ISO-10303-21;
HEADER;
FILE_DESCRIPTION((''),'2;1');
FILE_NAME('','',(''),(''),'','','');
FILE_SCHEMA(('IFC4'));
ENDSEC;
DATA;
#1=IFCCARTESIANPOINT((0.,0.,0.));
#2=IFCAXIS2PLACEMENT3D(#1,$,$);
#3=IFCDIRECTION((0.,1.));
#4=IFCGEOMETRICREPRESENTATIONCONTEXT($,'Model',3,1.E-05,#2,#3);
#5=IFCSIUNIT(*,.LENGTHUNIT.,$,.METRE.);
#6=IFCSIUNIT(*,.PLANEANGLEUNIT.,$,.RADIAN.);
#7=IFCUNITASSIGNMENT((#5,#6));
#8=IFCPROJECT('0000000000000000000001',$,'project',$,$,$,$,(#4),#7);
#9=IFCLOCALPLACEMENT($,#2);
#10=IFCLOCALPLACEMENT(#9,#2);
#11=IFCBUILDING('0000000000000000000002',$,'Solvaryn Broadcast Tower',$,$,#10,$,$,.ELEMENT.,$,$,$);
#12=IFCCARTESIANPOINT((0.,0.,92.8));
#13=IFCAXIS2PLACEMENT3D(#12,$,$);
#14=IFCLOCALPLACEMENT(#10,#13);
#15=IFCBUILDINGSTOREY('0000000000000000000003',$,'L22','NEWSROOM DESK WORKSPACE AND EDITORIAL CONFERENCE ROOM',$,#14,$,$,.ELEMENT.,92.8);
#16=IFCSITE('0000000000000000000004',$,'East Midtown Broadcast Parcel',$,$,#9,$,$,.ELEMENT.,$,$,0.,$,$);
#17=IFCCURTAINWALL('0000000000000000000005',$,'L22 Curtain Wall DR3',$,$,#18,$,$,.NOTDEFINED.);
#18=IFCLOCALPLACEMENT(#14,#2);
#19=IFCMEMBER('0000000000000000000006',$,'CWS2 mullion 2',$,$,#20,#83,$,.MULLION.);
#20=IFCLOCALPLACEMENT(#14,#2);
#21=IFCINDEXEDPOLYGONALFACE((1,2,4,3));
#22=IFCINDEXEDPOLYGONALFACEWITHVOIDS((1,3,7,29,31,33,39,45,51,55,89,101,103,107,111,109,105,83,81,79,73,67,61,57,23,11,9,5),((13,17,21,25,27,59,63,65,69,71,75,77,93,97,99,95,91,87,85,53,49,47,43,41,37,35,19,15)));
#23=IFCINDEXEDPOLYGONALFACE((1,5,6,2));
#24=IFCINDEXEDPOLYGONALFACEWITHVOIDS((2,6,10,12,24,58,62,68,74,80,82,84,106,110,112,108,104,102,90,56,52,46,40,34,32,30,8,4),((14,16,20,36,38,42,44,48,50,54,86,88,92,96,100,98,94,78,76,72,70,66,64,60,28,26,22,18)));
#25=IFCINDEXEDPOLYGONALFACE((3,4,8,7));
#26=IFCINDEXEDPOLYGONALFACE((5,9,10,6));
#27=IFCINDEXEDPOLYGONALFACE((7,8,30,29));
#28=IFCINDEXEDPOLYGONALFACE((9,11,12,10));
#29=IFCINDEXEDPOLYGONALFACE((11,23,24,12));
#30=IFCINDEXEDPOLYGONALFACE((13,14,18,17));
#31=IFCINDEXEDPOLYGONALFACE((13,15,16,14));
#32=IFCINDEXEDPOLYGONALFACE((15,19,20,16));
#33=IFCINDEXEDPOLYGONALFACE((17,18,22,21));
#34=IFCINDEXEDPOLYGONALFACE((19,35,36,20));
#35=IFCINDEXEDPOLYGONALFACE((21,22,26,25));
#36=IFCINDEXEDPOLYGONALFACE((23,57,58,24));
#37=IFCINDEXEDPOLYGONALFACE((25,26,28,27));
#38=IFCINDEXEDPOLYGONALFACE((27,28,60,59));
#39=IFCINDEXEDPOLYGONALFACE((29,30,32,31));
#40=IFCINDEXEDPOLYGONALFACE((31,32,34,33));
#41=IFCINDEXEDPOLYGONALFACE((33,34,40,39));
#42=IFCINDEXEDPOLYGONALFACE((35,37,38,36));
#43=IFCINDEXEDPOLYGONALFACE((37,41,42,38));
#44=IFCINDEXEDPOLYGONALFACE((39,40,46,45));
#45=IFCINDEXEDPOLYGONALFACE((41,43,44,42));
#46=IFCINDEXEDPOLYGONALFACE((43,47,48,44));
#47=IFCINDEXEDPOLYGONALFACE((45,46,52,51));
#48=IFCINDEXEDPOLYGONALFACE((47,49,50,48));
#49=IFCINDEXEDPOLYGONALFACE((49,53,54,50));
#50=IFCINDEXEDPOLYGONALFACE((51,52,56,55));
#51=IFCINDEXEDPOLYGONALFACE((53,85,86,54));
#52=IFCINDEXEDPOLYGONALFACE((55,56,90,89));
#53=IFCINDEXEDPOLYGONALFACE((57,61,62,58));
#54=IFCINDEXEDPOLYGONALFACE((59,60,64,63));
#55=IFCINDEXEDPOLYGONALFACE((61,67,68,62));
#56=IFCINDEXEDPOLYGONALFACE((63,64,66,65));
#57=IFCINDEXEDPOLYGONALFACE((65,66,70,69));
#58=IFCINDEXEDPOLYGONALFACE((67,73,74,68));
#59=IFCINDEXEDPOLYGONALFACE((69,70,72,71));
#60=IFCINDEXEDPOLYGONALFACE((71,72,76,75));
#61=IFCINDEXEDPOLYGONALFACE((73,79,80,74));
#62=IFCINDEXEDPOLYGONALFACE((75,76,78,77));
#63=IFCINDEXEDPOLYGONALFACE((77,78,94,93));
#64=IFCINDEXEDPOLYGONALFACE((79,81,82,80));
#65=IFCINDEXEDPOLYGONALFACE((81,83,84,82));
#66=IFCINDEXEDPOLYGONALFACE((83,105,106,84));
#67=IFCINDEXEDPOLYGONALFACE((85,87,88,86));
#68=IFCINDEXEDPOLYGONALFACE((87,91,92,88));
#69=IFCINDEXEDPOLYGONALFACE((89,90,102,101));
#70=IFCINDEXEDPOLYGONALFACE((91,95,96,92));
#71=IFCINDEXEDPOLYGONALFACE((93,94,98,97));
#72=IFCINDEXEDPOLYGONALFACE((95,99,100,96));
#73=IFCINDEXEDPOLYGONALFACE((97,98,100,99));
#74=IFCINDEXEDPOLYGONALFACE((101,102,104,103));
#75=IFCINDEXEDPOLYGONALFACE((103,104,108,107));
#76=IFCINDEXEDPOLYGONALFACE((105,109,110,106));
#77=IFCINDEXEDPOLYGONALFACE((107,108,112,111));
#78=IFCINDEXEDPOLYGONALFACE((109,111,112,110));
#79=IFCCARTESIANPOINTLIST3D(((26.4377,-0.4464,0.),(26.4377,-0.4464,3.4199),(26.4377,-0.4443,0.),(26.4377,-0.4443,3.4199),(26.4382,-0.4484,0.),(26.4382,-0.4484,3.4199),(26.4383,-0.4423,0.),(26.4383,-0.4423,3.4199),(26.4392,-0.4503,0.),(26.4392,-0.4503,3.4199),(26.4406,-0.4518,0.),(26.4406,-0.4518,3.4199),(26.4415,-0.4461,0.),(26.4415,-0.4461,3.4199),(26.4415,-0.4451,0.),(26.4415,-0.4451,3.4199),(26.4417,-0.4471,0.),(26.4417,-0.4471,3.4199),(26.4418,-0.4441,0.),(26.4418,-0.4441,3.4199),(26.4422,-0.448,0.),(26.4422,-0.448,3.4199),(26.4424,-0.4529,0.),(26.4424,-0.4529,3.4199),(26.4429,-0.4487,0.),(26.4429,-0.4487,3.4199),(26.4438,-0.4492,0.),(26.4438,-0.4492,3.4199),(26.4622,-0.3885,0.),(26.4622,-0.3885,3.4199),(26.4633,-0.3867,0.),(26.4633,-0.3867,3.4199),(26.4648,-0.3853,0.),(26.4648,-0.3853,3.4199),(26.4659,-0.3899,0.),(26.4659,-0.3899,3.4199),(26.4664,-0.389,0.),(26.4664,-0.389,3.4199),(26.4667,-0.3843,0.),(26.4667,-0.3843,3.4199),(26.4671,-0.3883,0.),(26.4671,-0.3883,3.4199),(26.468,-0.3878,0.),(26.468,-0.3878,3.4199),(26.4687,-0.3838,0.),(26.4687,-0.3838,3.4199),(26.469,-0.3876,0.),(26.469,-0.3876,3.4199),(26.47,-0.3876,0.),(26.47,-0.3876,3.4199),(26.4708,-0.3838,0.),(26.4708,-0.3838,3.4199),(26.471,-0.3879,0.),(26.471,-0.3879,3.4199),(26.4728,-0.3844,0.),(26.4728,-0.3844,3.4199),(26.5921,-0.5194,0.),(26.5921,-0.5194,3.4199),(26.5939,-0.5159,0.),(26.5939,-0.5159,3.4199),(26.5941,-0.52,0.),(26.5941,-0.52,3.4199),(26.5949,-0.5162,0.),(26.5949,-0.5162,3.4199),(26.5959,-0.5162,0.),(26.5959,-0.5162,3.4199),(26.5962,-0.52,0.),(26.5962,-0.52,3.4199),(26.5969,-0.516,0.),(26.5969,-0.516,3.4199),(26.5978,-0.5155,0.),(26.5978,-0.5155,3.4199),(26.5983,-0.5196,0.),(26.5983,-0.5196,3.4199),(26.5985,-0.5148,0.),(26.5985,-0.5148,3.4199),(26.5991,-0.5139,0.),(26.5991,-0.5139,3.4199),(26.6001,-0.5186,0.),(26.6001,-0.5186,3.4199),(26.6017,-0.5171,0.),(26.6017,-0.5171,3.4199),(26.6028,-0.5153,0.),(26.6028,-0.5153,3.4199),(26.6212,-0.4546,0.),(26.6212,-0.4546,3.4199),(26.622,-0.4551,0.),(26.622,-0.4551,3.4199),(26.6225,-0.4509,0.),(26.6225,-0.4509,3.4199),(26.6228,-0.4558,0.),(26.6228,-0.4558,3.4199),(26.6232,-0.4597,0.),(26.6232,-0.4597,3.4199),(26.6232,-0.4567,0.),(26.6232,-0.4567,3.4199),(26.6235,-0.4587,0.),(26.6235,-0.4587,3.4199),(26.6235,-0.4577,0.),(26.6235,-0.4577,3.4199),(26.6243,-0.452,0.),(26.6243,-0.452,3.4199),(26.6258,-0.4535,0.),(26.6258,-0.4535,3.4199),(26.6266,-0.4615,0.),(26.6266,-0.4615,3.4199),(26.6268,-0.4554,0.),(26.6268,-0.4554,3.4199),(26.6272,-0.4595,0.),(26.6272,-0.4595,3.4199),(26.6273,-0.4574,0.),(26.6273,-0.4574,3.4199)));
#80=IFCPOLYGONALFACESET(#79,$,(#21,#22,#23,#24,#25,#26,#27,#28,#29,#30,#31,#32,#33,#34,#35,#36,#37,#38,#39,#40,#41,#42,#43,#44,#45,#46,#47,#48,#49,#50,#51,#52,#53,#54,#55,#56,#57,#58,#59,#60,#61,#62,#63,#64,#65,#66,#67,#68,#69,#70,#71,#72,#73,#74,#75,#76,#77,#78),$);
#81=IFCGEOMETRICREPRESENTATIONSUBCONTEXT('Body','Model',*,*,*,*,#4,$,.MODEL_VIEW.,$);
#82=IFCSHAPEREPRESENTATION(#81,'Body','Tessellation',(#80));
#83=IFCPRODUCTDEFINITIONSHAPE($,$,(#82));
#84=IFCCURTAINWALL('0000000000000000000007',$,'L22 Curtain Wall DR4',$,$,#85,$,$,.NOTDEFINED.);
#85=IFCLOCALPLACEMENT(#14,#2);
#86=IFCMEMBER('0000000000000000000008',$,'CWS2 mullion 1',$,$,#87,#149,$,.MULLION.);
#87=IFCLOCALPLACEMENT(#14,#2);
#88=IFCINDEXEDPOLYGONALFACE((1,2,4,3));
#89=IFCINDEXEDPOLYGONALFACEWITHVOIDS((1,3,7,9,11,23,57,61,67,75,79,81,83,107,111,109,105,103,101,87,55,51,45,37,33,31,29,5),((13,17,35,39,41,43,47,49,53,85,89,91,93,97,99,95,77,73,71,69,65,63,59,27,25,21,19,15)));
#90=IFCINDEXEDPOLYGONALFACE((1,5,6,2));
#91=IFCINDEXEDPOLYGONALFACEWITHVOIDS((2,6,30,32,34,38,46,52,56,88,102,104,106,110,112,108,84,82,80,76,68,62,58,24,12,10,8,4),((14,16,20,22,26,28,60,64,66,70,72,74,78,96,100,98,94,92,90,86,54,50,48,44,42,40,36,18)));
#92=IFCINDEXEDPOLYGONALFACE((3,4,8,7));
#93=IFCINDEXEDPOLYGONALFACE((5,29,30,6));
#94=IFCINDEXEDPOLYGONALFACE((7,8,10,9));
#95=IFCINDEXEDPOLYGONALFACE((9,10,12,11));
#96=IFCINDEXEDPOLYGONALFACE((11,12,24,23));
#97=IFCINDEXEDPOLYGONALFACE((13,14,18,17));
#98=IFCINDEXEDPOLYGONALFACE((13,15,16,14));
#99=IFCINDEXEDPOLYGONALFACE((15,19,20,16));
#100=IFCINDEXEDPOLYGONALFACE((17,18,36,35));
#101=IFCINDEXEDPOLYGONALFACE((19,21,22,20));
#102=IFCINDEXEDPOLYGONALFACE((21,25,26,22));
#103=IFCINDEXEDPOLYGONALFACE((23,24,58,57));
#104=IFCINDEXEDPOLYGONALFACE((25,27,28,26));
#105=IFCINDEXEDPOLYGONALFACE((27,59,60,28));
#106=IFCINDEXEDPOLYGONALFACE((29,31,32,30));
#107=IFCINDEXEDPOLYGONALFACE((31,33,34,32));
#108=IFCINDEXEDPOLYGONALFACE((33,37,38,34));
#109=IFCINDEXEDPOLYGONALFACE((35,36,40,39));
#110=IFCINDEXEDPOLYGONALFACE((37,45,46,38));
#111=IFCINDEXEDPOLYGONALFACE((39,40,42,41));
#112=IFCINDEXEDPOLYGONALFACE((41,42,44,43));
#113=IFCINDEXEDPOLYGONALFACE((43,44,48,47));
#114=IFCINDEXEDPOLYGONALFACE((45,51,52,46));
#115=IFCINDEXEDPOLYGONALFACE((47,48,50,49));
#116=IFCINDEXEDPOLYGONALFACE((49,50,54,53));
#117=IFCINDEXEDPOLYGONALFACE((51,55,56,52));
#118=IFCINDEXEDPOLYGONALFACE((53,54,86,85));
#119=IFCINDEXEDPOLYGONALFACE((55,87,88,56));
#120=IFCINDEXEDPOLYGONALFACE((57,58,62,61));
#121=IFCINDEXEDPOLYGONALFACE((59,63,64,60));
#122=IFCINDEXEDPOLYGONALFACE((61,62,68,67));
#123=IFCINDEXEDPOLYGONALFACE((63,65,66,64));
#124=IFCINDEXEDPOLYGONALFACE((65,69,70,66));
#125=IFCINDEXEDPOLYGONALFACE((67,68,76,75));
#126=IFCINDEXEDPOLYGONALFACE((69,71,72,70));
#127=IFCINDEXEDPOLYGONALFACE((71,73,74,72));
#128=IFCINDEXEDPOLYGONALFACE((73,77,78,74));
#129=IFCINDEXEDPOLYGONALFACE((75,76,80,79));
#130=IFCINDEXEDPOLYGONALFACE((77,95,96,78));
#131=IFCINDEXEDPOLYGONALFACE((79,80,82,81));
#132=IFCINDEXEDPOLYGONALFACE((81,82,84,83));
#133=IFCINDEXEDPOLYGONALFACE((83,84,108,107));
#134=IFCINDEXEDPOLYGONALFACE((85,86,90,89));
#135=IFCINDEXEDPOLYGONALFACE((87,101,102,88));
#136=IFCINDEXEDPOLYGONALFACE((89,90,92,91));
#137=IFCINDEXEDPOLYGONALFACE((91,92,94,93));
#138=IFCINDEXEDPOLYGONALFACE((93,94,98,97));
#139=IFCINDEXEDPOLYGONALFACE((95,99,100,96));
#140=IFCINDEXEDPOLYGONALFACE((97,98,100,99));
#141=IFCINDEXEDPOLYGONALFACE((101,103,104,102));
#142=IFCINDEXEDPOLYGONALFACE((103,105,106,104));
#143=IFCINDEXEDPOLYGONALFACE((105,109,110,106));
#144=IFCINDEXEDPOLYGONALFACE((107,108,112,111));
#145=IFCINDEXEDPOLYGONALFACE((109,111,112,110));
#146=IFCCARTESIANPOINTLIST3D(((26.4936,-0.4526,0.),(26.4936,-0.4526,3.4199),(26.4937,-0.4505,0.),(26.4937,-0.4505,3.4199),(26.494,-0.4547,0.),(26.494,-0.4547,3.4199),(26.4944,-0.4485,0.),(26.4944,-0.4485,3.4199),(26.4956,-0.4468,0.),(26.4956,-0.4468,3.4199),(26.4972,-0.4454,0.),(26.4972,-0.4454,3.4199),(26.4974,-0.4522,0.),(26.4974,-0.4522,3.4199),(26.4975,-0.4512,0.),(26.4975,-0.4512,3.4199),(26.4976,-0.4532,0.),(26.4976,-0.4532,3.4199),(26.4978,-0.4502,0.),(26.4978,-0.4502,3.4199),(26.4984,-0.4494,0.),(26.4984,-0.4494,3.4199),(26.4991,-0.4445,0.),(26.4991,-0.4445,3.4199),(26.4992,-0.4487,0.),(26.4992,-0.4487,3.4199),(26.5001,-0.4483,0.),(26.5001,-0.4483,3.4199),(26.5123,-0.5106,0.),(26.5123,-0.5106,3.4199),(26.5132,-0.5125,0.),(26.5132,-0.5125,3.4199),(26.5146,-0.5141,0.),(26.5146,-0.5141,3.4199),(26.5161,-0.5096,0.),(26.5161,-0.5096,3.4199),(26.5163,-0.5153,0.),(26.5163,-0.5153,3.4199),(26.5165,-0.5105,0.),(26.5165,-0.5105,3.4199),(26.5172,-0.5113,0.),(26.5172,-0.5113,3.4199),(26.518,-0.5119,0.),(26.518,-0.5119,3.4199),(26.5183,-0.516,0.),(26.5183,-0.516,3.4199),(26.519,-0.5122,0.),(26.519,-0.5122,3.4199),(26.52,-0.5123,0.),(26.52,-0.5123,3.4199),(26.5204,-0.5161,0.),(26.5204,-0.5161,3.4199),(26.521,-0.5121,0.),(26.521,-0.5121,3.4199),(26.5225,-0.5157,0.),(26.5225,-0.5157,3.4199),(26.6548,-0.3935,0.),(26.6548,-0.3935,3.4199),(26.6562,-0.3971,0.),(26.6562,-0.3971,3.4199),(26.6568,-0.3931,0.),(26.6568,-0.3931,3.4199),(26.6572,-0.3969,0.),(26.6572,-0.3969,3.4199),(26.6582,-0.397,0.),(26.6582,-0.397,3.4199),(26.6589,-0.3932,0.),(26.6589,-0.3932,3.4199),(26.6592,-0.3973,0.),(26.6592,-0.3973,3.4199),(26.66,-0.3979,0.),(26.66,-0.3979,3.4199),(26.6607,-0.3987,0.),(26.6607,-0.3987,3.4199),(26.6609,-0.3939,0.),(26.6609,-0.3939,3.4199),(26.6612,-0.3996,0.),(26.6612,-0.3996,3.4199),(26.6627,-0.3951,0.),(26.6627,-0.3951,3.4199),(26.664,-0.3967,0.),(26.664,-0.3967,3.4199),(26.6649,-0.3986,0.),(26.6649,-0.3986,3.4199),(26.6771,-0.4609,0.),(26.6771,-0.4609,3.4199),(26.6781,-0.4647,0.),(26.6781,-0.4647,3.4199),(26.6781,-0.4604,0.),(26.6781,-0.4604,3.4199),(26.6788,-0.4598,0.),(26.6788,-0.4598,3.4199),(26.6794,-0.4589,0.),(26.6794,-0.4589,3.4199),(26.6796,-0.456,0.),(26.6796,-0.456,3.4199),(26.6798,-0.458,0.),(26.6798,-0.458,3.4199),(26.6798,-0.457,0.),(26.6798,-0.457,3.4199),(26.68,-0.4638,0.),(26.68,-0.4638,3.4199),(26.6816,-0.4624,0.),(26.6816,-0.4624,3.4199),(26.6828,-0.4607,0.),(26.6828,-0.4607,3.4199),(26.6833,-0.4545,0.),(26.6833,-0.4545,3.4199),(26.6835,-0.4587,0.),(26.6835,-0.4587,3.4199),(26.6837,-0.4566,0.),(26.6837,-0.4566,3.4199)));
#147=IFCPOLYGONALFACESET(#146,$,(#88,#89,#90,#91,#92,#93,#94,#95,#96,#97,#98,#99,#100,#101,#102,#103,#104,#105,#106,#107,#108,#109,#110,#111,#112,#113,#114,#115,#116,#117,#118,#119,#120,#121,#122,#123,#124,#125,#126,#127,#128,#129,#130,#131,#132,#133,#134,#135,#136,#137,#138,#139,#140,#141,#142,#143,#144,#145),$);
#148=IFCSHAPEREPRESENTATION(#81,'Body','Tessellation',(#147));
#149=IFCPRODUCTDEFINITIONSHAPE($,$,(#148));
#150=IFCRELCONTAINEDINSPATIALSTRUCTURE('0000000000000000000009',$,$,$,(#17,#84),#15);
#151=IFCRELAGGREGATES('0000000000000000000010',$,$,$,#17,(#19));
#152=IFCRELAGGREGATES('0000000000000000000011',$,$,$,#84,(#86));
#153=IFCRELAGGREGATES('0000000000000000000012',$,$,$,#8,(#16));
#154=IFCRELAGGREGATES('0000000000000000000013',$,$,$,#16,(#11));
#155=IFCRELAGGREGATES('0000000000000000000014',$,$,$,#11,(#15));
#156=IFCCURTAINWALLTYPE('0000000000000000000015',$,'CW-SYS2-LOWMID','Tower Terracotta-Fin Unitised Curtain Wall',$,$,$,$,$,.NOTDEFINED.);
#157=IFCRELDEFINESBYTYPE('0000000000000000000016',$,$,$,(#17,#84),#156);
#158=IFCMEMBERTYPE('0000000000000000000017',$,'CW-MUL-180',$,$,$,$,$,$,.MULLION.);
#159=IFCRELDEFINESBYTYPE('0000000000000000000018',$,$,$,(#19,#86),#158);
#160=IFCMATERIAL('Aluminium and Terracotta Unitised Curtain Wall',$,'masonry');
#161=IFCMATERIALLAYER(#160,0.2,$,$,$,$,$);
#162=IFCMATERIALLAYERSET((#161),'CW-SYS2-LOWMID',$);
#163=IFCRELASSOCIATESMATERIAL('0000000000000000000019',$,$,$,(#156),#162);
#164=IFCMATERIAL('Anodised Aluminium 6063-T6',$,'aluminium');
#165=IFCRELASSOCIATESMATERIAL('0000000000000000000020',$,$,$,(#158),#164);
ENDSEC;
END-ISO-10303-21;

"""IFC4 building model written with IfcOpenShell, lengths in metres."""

from ifc_helpers import new_model, si_unit, direction, frame, origin, origin_2d, place, context, subcontext, project, spatial, hollow_rectangle, extrude, material, layer, layer_set, material_profile, profile_set, type_object, element, aggregate, save


model = new_model("IFC4")

# Units and contexts
model_context = context("Model", 3, precision=1e-05, world=origin(), true_north=direction((0.0, 1.0)))
body_context = subcontext(model_context, "Body", "Model", "MODEL_VIEW")
ifc_project = project(units=[si_unit("LENGTHUNIT", "METRE"), si_unit("PLANEANGLEUNIT", "RADIAN")], contexts=[model_context])

# Site, building, storey
site_placement = place(None, origin())
site = spatial("IfcSite", under=ifc_project, at=site_placement, Name="East Midtown Broadcast Parcel", CompositionType="ELEMENT", RefElevation=0.0)
building_placement = place(site_placement, origin())
building = spatial("IfcBuilding", under=site, at=building_placement, Name="Solvaryn Broadcast Tower", CompositionType="ELEMENT")
storey_placement = place(building_placement, frame((0.0, 0.0, 92.8)))
storey = spatial("IfcBuildingStorey", under=building, at=storey_placement, Name="L22", Description="NEWSROOM DESK WORKSPACE AND EDITORIAL CONFERENCE ROOM", CompositionType="ELEMENT", Elevation=92.8)

# Curtain wall, member
ifc_material_1 = material(Name="Aluminium and Terracotta Unitised Curtain Wall", Category="masonry")
ifc_layer_1 = layer(ifc_material_1, 0.2)
ifc_layer_set_1 = layer_set([ifc_layer_1], Name="CW-SYS2-LOWMID")
curtain_wall_type = type_object("IfcCurtainWallType", Name="CW-SYS2-LOWMID", Description="Tower Terracotta-Fin Unitised Curtain Wall", PredefinedType="NOTDEFINED", material=ifc_layer_set_1)
curtain_wall_1_placement = place(storey_placement, origin())
curtain_wall_1 = element("IfcCurtainWall", 1, at=curtain_wall_1_placement, inside=storey, type_object=curtain_wall_type, Name="L22 Curtain Wall DR3", PredefinedType="NOTDEFINED")
ifc_material_2 = material(Name="Anodised Aluminium 6063-T6", Category="aluminium")
ifc_material_profile_1 = material_profile(ifc_material_2, hollow_rectangle(XDim=0.075, YDim=0.1799, WallThickness=0.0039, InnerFilletRadius=0.0039, OuterFilletRadius=0.0081, at=origin_2d()))
ifc_profile_set_1 = profile_set([ifc_material_profile_1], Name="Anodised Aluminium 6063-T6")
member_type_1 = type_object("IfcMemberType", Name="CW-MUL-180", PredefinedType="MULLION", material=ifc_profile_set_1)
member_1_placement = place(storey_placement, frame((26.5325, -0.4519, 0.0), z_axis=(0.0, 0.0, 1.0), x_axis=(0.405898, 0.913918, 0.0)))
member_1 = element("IfcMember", 2, at=member_1_placement, type_object=member_type_1, Name="CWS2 mullion 2", PredefinedType="MULLION", context=body_context, shape_type="SweptSolid", body=[
    extrude(hollow_rectangle(XDim=0.075, YDim=0.1799, WallThickness=0.0039, InnerFilletRadius=0.0039, OuterFilletRadius=0.0081, at=origin_2d()), origin(), (0.0, 0.0, 1.0), 3.4199),
])
aggregate(curtain_wall_1, [member_1])

# Curtain wall, member
curtain_wall_2_placement = place(storey_placement, origin())
curtain_wall_2 = element("IfcCurtainWall", 3, at=curtain_wall_2_placement, inside=storey, type_object=curtain_wall_type, Name="L22 Curtain Wall DR4", PredefinedType="NOTDEFINED")
member_2_placement = place(storey_placement, frame((26.5886, -0.4546, 0.0), z_axis=(0.0, 0.0, 1.0), x_axis=(-0.311594, 0.950215, 0.0)))
member_2 = element("IfcMember", 4, at=member_2_placement, type_object=member_type_1, Name="CWS2 mullion 1", PredefinedType="MULLION", context=body_context, shape_type="SweptSolid", body=[
    extrude(hollow_rectangle(XDim=0.075, YDim=0.1799, WallThickness=0.0039, InnerFilletRadius=0.0039, OuterFilletRadius=0.0081, at=origin_2d()), origin(), (0.0, 0.0, 1.0), 3.4199),
])
aggregate(curtain_wall_2, [member_2])

save(model, "model.ifc")
